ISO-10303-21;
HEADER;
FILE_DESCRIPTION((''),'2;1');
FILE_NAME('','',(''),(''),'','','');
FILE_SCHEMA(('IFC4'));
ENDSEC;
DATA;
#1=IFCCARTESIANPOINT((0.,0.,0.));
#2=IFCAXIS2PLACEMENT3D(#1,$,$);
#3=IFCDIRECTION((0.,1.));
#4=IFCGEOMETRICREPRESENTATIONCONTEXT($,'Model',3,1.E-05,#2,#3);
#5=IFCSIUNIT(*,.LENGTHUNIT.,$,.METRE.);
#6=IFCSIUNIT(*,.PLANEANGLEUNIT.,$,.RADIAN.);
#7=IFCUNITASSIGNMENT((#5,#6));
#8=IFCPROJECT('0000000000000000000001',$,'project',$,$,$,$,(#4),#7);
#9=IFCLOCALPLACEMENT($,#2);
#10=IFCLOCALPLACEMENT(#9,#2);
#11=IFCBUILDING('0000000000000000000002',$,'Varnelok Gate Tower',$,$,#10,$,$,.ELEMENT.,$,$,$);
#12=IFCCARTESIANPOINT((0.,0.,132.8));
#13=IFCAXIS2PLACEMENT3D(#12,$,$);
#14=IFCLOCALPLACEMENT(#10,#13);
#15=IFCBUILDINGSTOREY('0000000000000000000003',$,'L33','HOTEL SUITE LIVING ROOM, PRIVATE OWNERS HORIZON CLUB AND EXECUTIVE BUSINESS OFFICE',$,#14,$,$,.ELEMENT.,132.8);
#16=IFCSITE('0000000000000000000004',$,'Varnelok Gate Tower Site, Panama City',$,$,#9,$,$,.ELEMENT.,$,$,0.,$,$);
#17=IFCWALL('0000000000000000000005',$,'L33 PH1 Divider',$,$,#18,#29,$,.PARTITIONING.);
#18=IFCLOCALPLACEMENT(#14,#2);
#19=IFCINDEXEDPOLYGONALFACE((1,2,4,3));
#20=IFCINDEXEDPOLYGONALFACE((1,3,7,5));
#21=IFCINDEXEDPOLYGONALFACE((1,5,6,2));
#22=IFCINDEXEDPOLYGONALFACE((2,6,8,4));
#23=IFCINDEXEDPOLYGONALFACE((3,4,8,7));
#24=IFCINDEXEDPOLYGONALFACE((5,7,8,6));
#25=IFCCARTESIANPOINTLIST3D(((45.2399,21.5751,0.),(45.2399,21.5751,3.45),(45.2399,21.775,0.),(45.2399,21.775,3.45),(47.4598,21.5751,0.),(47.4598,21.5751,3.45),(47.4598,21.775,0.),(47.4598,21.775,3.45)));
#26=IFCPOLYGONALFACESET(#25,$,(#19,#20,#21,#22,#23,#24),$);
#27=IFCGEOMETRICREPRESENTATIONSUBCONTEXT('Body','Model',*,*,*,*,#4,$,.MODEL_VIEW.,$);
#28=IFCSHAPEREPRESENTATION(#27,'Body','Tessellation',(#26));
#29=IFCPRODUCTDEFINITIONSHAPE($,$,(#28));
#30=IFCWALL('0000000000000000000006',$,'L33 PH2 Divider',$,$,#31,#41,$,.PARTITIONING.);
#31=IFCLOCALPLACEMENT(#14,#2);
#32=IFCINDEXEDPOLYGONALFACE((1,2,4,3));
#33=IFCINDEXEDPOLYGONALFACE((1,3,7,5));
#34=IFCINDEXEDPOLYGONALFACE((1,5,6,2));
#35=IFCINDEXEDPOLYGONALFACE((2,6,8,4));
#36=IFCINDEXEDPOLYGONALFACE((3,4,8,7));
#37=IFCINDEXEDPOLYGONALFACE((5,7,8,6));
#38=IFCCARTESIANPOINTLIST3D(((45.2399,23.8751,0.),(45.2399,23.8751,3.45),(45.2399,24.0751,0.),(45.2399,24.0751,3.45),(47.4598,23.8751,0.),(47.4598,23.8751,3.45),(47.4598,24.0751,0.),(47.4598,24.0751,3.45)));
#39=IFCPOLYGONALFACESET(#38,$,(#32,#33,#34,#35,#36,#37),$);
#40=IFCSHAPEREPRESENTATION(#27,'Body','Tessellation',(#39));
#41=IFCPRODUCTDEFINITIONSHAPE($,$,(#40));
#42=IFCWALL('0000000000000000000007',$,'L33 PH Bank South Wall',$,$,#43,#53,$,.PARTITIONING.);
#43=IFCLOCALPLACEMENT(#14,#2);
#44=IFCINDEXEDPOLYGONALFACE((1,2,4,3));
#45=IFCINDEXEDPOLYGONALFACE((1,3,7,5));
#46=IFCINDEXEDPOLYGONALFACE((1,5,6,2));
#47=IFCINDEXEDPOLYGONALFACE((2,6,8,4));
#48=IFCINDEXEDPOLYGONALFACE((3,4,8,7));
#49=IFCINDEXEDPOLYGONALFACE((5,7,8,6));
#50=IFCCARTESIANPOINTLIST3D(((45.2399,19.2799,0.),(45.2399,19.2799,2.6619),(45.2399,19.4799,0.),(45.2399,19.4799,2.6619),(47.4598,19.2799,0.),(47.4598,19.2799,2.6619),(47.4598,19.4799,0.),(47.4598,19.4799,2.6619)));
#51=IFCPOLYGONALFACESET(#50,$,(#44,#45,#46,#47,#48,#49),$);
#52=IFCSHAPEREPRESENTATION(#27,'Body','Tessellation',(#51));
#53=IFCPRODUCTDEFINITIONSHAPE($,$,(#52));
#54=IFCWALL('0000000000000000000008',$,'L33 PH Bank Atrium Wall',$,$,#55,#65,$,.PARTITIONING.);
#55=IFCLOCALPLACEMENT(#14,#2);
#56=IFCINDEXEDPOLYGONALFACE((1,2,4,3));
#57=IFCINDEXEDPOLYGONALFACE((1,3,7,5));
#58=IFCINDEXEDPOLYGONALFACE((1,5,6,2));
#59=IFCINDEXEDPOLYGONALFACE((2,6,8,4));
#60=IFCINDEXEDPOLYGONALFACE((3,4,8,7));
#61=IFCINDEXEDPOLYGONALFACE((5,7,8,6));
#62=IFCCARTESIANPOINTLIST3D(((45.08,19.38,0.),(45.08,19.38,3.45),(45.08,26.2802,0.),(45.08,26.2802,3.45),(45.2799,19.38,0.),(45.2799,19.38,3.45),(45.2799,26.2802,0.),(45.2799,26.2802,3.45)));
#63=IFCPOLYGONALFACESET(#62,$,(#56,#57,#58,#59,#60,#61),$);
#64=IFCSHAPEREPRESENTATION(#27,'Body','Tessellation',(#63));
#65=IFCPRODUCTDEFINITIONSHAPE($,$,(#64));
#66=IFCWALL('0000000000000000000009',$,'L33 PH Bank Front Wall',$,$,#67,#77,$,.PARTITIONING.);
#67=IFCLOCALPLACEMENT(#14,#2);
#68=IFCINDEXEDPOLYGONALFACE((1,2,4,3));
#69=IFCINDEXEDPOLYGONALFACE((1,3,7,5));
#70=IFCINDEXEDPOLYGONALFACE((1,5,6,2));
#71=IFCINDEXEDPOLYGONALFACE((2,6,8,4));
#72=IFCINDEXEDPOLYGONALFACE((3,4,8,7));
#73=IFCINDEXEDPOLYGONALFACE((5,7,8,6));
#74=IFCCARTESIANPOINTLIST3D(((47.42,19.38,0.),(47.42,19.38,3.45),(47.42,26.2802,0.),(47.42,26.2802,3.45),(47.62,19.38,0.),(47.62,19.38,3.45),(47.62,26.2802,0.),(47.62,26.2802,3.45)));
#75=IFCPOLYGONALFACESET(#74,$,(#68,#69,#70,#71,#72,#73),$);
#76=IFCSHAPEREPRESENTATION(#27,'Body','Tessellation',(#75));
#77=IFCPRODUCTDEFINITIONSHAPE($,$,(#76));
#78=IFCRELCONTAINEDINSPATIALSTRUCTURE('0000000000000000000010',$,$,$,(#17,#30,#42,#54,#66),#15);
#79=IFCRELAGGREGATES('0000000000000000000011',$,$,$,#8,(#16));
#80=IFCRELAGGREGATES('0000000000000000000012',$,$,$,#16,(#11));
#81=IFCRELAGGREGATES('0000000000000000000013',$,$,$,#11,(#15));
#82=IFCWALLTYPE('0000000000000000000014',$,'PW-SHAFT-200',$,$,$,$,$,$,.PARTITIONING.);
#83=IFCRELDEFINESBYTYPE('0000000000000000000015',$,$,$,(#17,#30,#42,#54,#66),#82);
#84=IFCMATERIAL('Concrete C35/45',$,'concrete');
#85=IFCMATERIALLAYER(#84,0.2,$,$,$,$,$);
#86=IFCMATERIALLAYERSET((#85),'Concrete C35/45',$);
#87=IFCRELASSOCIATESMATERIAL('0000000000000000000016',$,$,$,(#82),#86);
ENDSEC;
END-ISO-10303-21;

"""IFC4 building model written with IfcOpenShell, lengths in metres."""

from ifc_helpers import new_model, si_unit, direction, frame, frame_2d, origin, place, context, subcontext, project, spatial, rectangle, extrude, material, layer, layer_set, type_object, element, save


model = new_model("IFC4")

# Units and contexts
model_context = context("Model", 3, precision=1e-05, world=origin(), true_north=direction((0.0, 1.0)))
body_context = subcontext(model_context, "Body", "Model", "MODEL_VIEW")
ifc_project = project(units=[si_unit("LENGTHUNIT", "METRE"), si_unit("PLANEANGLEUNIT", "RADIAN")], contexts=[model_context])

# Site, building, storey
site_placement = place(None, origin())
site = spatial("IfcSite", under=ifc_project, at=site_placement, Name="Varnelok Gate Tower Site, Panama City", CompositionType="ELEMENT", RefElevation=0.0)
building_placement = place(site_placement, origin())
building = spatial("IfcBuilding", under=site, at=building_placement, Name="Varnelok Gate Tower", CompositionType="ELEMENT")
storey_placement = place(building_placement, frame((0.0, 0.0, 132.8)))
storey = spatial("IfcBuildingStorey", under=building, at=storey_placement, Name="L33", Description="HOTEL SUITE LIVING ROOM, PRIVATE OWNERS HORIZON CLUB AND EXECUTIVE BUSINESS OFFICE", CompositionType="ELEMENT", Elevation=132.8)

# Walls
ifc_material_1 = material(Name="Concrete C35/45", Category="concrete")
ifc_layer_1 = layer(ifc_material_1, 0.2)
ifc_layer_set_1 = layer_set([ifc_layer_1], Name="Concrete C35/45")
wall_type_1 = type_object("IfcWallType", Name="PW-SHAFT-200", PredefinedType="PARTITIONING", material=ifc_layer_set_1)
for number, where, z_axis, x_axis, name in (
    (1, (45.24, 21.675, 0.0), (0.0, 0.0, 1.0), (1.0, 0.0, 0.0), "L33 PH1 Divider"),
    (2, (45.24, 23.9751, 0.0), (0.0, 0.0, 1.0), (1.0, 0.0, 0.0), "L33 PH2 Divider"),
):
    element("IfcWall", number, at=place(storey_placement, frame(where, z_axis=z_axis, x_axis=x_axis)), inside=storey, type_object=wall_type_1, Name=name, PredefinedType="PARTITIONING", context=body_context, shape_type="SweptSolid", body=[
        extrude(rectangle(XDim=2.22, YDim=0.2, at=frame_2d((1.1099, 0.0))), origin(), (0.0, 0.0, 1.0), 3.45),
    ])
wall_1_placement = place(storey_placement, frame((45.24, 19.3799, 0.0), z_axis=(0.0, 0.0, 1.0), x_axis=(1.0, 0.0, 0.0)))
element("IfcWall", 3, at=wall_1_placement, inside=storey, type_object=wall_type_1, Name="L33 PH Bank South Wall", PredefinedType="PARTITIONING", context=body_context, shape_type="SweptSolid", body=[
    extrude(rectangle(XDim=2.22, YDim=0.2, at=frame_2d((1.1099, 0.0))), origin(), (0.0, 0.0, 1.0), 2.6619),
])
for number, where, z_axis, x_axis, name in (
    (4, (45.1799, 19.3799, 0.0), (0.0, 0.0, 1.0), (0.0, 1.0, 0.0), "L33 PH Bank Atrium Wall"),
    (5, (47.52, 19.3799, 0.0), (0.0, 0.0, 1.0), (0.0, 1.0, 0.0), "L33 PH Bank Front Wall"),
):
    element("IfcWall", number, at=place(storey_placement, frame(where, z_axis=z_axis, x_axis=x_axis)), inside=storey, type_object=wall_type_1, Name=name, PredefinedType="PARTITIONING", context=body_context, shape_type="SweptSolid", body=[
        extrude(rectangle(XDim=6.9001, YDim=0.2, at=frame_2d((3.4502, 0.0))), origin(), (0.0, 0.0, 1.0), 3.45),
    ])

save(model, "model.ifc")
